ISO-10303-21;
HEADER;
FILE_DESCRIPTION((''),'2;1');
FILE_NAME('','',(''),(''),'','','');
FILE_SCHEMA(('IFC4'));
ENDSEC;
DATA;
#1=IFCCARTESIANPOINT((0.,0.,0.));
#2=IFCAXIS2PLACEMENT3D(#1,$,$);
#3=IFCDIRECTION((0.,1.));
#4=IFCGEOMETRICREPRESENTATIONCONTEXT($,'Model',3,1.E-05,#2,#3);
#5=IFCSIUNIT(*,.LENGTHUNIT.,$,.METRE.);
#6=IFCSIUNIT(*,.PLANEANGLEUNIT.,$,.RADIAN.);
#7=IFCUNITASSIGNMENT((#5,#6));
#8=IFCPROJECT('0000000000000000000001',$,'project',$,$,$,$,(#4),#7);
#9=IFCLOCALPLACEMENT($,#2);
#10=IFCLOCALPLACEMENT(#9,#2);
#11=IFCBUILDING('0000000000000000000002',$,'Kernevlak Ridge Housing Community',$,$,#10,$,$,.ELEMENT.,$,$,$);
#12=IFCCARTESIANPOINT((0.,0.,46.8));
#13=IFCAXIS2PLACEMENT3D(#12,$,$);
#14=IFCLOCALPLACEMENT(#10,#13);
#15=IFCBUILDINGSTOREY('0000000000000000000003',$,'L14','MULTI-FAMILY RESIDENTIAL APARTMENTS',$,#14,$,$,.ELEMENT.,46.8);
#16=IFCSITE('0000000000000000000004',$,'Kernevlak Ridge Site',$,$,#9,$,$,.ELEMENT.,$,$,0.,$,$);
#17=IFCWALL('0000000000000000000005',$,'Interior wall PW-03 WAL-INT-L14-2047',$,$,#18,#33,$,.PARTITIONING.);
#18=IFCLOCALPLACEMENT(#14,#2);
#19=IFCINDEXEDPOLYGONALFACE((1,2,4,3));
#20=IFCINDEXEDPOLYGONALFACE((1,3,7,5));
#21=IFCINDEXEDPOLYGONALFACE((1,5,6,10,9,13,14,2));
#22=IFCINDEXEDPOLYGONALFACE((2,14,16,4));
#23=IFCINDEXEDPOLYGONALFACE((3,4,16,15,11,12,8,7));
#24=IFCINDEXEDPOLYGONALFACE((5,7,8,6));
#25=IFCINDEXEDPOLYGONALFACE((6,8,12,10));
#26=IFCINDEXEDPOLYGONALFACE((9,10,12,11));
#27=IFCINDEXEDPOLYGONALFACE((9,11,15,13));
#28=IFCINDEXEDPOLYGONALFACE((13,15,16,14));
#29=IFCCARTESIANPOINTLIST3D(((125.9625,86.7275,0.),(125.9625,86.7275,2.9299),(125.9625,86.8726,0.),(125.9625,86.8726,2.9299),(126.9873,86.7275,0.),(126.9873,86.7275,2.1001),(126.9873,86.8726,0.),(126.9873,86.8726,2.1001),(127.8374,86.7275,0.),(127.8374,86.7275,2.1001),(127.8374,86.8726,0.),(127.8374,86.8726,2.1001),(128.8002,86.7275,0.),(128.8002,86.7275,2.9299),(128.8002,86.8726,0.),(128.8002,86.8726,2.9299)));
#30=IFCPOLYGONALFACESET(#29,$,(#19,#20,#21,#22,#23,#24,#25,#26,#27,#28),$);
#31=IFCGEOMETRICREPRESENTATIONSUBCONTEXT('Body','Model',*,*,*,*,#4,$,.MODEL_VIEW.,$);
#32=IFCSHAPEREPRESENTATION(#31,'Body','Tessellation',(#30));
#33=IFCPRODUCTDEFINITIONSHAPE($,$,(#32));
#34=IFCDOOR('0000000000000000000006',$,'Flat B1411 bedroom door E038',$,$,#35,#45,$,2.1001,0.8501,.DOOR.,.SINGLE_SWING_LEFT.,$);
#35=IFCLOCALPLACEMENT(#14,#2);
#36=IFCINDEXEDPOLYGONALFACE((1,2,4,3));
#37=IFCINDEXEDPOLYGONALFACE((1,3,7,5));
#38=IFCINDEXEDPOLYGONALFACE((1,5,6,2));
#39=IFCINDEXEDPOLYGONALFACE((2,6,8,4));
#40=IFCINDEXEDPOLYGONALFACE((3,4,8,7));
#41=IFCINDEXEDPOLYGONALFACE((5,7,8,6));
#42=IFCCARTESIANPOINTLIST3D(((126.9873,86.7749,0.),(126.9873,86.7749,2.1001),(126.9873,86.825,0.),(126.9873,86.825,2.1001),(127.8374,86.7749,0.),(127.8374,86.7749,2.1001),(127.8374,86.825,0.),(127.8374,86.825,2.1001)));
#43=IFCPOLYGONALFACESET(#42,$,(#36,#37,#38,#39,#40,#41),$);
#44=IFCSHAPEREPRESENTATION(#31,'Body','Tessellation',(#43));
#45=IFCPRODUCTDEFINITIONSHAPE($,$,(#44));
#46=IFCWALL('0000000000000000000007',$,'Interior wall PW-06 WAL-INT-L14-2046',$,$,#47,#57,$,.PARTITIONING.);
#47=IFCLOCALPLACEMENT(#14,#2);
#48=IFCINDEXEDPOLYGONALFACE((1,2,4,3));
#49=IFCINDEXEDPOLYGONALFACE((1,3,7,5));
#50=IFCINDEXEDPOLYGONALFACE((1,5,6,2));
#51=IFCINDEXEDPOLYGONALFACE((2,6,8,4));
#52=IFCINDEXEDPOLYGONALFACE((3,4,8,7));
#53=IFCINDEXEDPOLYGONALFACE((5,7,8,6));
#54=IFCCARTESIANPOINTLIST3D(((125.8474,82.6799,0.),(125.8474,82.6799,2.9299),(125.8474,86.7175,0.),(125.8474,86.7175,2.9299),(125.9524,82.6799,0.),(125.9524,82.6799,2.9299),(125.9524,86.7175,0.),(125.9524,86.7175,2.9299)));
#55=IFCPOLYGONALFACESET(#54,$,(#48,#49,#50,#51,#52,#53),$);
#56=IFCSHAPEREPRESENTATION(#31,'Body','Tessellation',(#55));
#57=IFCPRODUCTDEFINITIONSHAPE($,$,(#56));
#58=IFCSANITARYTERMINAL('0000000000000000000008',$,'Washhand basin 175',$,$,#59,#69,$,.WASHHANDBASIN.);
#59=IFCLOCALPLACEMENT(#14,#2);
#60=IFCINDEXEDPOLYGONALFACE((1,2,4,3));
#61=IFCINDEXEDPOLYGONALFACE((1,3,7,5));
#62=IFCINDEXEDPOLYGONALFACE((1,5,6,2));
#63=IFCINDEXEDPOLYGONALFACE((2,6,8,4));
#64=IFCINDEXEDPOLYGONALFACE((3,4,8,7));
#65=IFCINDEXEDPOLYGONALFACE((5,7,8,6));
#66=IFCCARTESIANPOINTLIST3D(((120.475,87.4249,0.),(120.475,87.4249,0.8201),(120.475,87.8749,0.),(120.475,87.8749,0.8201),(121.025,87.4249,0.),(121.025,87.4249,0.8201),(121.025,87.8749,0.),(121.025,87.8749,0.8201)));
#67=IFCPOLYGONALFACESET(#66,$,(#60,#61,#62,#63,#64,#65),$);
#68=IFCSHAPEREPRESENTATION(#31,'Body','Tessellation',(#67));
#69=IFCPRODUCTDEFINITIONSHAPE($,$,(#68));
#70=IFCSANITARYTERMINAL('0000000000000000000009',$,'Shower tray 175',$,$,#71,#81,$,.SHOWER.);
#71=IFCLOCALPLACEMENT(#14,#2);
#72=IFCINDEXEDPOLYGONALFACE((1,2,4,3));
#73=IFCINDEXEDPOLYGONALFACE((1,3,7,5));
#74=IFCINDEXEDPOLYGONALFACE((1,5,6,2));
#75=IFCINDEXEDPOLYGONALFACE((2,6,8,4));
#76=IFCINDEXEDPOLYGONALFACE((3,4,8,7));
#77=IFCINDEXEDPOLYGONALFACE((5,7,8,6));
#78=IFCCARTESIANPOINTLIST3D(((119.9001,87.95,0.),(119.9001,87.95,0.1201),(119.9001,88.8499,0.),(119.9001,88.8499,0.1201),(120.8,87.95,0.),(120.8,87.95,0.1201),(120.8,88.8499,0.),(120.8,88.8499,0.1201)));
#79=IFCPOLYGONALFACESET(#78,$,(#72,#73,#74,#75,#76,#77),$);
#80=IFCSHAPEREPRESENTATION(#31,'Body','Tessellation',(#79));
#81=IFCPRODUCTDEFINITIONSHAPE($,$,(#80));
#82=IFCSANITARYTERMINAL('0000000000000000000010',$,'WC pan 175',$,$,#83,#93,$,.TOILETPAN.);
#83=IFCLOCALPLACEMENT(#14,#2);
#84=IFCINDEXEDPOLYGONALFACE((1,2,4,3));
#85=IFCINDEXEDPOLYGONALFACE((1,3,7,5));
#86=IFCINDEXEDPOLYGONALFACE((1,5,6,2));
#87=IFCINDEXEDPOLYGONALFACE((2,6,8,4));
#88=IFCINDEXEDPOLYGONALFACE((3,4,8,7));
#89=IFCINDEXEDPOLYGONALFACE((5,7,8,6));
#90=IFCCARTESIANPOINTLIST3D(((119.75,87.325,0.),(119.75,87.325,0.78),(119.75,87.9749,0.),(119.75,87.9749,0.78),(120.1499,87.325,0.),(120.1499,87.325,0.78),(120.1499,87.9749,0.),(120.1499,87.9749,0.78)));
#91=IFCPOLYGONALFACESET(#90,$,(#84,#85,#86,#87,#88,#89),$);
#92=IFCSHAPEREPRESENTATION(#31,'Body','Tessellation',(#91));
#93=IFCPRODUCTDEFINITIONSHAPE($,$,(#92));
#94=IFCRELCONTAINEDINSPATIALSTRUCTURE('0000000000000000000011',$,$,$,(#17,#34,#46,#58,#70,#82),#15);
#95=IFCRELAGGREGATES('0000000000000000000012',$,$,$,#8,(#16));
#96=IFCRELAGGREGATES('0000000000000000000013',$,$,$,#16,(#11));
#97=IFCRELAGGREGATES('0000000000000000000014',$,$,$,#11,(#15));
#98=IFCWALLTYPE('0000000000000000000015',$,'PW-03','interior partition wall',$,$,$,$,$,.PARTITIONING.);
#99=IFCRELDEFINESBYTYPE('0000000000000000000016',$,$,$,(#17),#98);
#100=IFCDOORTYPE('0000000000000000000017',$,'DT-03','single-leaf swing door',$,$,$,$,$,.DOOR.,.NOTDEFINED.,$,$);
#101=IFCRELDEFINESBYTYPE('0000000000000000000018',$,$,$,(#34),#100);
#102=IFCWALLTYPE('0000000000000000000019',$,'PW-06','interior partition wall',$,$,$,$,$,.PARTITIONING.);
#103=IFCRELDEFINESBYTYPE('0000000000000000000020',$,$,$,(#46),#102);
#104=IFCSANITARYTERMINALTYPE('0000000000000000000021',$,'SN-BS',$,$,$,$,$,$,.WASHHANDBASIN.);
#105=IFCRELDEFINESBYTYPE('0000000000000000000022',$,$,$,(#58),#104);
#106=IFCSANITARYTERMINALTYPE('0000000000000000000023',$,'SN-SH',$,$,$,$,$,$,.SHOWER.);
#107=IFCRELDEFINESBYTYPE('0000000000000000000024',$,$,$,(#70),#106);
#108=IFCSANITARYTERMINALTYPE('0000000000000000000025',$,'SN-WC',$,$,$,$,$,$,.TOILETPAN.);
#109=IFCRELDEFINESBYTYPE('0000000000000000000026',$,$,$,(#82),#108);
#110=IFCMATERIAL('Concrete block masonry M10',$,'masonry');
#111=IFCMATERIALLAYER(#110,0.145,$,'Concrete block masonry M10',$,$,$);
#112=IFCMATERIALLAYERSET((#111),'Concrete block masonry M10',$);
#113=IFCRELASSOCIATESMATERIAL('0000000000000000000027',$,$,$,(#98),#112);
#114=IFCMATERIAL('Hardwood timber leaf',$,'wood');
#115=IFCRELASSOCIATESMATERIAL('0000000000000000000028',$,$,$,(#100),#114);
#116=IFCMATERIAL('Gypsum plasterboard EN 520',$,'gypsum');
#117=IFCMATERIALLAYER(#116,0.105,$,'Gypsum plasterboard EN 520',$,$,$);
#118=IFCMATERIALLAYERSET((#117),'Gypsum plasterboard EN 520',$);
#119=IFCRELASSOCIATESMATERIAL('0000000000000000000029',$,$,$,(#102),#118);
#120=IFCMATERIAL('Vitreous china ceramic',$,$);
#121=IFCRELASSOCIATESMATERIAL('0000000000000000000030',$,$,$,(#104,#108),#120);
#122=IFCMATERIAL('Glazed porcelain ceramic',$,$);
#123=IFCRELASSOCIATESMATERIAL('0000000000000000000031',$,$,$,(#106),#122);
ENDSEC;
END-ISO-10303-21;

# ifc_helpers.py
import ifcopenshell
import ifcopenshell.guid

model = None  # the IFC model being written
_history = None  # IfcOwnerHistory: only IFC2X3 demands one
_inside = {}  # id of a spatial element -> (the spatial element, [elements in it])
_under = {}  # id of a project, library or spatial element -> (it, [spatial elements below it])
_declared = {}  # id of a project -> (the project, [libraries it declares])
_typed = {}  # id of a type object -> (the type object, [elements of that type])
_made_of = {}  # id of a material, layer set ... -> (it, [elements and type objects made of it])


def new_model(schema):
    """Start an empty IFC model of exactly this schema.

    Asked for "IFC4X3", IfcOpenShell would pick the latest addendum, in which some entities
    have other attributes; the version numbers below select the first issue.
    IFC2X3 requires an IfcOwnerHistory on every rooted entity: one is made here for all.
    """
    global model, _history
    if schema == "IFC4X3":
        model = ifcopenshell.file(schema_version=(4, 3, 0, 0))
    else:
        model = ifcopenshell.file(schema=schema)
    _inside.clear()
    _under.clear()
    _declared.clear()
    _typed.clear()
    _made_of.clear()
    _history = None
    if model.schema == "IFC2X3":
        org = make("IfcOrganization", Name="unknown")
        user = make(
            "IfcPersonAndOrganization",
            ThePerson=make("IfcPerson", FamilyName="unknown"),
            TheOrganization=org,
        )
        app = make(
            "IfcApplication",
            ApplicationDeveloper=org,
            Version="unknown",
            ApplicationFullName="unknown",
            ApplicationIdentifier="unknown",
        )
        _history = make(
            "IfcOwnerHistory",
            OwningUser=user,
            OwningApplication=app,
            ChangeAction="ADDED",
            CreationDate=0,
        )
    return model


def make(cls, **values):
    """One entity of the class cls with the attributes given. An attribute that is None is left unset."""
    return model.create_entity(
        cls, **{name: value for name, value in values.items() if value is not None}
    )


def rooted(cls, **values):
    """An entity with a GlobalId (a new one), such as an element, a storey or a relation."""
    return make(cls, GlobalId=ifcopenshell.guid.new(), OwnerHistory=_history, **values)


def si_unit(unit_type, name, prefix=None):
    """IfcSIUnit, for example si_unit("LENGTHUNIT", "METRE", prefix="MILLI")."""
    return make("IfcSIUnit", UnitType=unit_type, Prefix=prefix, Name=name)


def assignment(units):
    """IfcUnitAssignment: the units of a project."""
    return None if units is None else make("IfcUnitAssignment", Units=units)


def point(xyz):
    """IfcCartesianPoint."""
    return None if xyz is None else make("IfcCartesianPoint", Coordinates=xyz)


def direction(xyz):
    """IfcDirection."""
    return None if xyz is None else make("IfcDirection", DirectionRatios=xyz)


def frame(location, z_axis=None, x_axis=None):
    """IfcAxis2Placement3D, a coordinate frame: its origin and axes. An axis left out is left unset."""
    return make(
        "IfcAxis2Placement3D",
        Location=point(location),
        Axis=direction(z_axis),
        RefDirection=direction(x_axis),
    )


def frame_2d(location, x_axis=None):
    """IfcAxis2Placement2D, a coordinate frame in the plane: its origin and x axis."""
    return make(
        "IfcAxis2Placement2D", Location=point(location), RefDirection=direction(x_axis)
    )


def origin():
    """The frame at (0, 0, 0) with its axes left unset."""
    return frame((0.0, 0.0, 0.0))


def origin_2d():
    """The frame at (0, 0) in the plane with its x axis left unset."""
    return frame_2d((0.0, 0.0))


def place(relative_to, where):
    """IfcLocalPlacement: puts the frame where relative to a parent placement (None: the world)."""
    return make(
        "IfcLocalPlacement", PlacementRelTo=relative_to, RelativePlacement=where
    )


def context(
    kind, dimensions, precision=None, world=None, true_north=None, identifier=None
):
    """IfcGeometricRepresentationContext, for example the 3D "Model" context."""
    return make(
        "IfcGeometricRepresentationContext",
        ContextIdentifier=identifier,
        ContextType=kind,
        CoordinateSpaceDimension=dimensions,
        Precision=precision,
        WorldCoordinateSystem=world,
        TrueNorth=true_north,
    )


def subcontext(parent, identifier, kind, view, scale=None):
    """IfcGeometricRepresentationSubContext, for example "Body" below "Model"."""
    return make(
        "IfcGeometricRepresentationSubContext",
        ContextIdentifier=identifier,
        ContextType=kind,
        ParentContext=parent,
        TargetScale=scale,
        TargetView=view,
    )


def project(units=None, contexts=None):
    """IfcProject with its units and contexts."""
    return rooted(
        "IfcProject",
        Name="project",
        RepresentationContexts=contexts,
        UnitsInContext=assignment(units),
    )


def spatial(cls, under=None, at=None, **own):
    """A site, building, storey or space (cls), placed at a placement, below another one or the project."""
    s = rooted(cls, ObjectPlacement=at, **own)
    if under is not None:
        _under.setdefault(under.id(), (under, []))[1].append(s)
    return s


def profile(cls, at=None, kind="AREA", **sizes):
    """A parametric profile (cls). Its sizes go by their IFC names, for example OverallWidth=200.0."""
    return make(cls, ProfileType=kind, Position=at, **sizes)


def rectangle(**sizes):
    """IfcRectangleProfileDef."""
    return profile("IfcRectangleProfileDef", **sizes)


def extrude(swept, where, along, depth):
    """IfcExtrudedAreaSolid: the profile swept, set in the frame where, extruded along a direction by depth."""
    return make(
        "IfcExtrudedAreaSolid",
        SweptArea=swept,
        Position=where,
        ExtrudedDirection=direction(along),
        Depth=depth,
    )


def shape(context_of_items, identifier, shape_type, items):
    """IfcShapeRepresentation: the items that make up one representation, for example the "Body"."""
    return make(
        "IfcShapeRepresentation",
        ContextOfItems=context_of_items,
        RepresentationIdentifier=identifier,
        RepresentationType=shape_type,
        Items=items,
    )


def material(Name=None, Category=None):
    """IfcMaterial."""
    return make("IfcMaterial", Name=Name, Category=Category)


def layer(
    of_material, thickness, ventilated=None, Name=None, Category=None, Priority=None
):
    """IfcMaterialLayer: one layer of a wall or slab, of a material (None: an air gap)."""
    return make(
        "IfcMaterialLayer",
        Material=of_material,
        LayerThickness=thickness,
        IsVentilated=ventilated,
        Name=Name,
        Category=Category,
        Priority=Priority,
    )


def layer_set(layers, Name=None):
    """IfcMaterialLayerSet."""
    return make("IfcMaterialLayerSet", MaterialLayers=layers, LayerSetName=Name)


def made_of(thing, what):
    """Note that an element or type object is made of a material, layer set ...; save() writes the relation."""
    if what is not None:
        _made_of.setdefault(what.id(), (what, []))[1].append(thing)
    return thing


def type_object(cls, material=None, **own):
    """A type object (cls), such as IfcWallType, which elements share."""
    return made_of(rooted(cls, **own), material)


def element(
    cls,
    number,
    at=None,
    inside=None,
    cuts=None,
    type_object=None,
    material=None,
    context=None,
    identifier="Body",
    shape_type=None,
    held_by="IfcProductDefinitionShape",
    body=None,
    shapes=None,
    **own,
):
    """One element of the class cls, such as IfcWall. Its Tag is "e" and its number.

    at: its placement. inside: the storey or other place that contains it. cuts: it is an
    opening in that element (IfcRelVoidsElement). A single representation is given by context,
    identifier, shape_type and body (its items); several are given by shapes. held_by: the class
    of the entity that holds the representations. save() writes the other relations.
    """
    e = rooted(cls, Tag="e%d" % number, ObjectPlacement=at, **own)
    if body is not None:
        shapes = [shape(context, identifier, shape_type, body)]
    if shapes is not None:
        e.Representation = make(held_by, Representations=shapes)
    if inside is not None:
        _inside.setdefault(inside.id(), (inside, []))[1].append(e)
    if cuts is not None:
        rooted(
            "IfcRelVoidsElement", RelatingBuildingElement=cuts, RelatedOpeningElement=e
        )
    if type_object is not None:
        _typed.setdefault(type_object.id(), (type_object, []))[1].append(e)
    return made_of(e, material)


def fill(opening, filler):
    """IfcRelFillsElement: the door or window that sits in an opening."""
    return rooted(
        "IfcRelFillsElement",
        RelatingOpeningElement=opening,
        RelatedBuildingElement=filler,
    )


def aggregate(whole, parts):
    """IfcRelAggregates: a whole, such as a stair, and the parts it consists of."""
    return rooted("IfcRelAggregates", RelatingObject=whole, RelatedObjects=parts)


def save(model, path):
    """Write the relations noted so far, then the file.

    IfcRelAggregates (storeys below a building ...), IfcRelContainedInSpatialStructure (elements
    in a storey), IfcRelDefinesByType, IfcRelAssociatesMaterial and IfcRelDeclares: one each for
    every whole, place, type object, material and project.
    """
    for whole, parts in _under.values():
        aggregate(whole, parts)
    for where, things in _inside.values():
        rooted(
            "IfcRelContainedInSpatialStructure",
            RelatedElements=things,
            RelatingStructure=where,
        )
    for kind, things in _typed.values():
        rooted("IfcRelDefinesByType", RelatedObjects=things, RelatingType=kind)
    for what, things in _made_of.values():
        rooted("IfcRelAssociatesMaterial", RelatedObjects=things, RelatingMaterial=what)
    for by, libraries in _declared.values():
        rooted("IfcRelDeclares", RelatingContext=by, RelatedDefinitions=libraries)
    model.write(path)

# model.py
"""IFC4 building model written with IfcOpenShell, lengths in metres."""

from ifc_helpers import new_model, si_unit, direction, frame, frame_2d, origin, origin_2d, place, context, subcontext, project, spatial, rectangle, extrude, material, layer, layer_set, type_object, element, fill, save


model = new_model("IFC4")

# Units and contexts
model_context = context("Model", 3, precision=1e-05, world=origin(), true_north=direction((0.0, 1.0)))
body_context = subcontext(model_context, "Body", "Model", "MODEL_VIEW")
ifc_project = project(units=[si_unit("LENGTHUNIT", "METRE"), si_unit("PLANEANGLEUNIT", "RADIAN")], contexts=[model_context])

# Site, building, storey
site_placement = place(None, origin())
site = spatial("IfcSite", under=ifc_project, at=site_placement, Name="Kernevlak Ridge Site", CompositionType="ELEMENT", RefElevation=0.0)
building_placement = place(site_placement, origin())
building = spatial("IfcBuilding", under=site, at=building_placement, Name="Kernevlak Ridge Housing Community", CompositionType="ELEMENT")
storey_placement = place(building_placement, frame((0.0, 0.0, 46.8)))
storey = spatial("IfcBuildingStorey", under=building, at=storey_placement, Name="L14", Description="MULTI-FAMILY RESIDENTIAL APARTMENTS", CompositionType="ELEMENT", Elevation=46.8)

# Shared definitions
ifc_material_1 = material(Name="Concrete block masonry M10", Category="masonry")

# Shared definitions
ifc_layer_1 = layer(ifc_material_1, 0.145, Name="Concrete block masonry M10")
ifc_layer_set_1 = layer_set([ifc_layer_1], Name="Concrete block masonry M10")
wall_type_1 = type_object("IfcWallType", Name="PW-03", Description="interior partition wall", PredefinedType="PARTITIONING", material=ifc_layer_set_1)
ifc_material_2 = material(Name="Hardwood timber leaf", Category="wood")

# Wall, opening, door
wall_1_placement = place(storey_placement, frame((125.9624, 86.8, 0.0), z_axis=(0.0, 0.0, 1.0), x_axis=(1.0, 0.0, 0.0)))
wall_1 = element("IfcWall", 1, at=wall_1_placement, inside=storey, type_object=wall_type_1, Name="Interior wall PW-03 WAL-INT-L14-2047", PredefinedType="PARTITIONING", context=body_context, shape_type="SweptSolid", body=[
    extrude(rectangle(XDim=2.8376, YDim=0.145, at=frame_2d((1.4189, 0.0))), origin(), (0.0, 0.0, 1.0), 2.9299),
])
opening_1_placement = place(wall_1_placement, frame((1.0249, 0.0, 0.0)))
opening_1 = element("IfcOpeningElement", 2, at=opening_1_placement, cuts=wall_1, PredefinedType="OPENING", context=body_context, shape_type="SweptSolid", body=[
    extrude(rectangle(XDim=0.8501, YDim=2.1001, at=frame_2d((0.425, 1.05))), frame((0.0, 0.0825, 0.0), z_axis=(0.0, -1.0, 0.0), x_axis=(1.0, 0.0, 0.0)), (0.0, 0.0, 1.0), 0.165),
])
door_type_1 = type_object("IfcDoorType", Name="DT-03", Description="single-leaf swing door", OperationType="NOTDEFINED", PredefinedType="DOOR", material=ifc_material_2)
door_1_placement = place(opening_1_placement, origin())
door_1 = element("IfcDoor", 3, at=door_1_placement, inside=storey, type_object=door_type_1, Name="Flat B1411 bedroom door E038", OperationType="SINGLE_SWING_LEFT", OverallHeight=2.1001, OverallWidth=0.8501, PredefinedType="DOOR", context=body_context, shape_type="SweptSolid", body=[
    extrude(rectangle(XDim=0.8501, YDim=2.1001, at=frame_2d((0.425, 1.05))), frame((0.0, 0.0249, 0.0), z_axis=(0.0, -1.0, 0.0), x_axis=(1.0, 0.0, 0.0)), (0.0, 0.0, 1.0), 0.05),
])
fill(opening_1, door_1)

# Wall
ifc_material_3 = material(Name="Gypsum plasterboard EN 520", Category="gypsum")
ifc_layer_2 = layer(ifc_material_3, 0.105, Name="Gypsum plasterboard EN 520")
ifc_layer_set_2 = layer_set([ifc_layer_2], Name="Gypsum plasterboard EN 520")
wall_type_2 = type_object("IfcWallType", Name="PW-06", Description="interior partition wall", PredefinedType="PARTITIONING", material=ifc_layer_set_2)
wall_2_placement = place(storey_placement, frame((125.8999, 86.7175, 0.0), z_axis=(0.0, 0.0, 1.0), x_axis=(0.0, -1.0, 0.0)))
element("IfcWall", 4, at=wall_2_placement, inside=storey, type_object=wall_type_2, Name="Interior wall PW-06 WAL-INT-L14-2046", PredefinedType="PARTITIONING", context=body_context, shape_type="SweptSolid", body=[
    extrude(rectangle(XDim=4.0376, YDim=0.105, at=frame_2d((2.0188, 0.0))), origin(), (0.0, 0.0, 1.0), 2.9299),
])

# Sanitary terminals
ifc_material_4 = material(Name="Vitreous china ceramic")
sanitary_terminal_type_1 = type_object("IfcSanitaryTerminalType", Name="SN-BS", PredefinedType="WASHHANDBASIN", material=ifc_material_4)
sanitary_terminal_1_placement = place(storey_placement, frame((120.75, 87.6499, 0.0), z_axis=(0.0, 0.0, 1.0), x_axis=(1.0, 0.0, 0.0)))
element("IfcSanitaryTerminal", 5, at=sanitary_terminal_1_placement, inside=storey, type_object=sanitary_terminal_type_1, Name="Washhand basin 175", PredefinedType="WASHHANDBASIN", context=body_context, shape_type="SweptSolid", body=[
    extrude(rectangle(XDim=0.55, YDim=0.45, at=origin_2d()), origin(), (0.0, 0.0, 1.0), 0.8201),
])
ifc_material_5 = material(Name="Glazed porcelain ceramic")
sanitary_terminal_type_2 = type_object("IfcSanitaryTerminalType", Name="SN-SH", PredefinedType="SHOWER", material=ifc_material_5)
sanitary_terminal_2_placement = place(storey_placement, frame((120.3501, 88.3999, 0.0), z_axis=(0.0, 0.0, 1.0), x_axis=(1.0, 0.0, 0.0)))
element("IfcSanitaryTerminal", 6, at=sanitary_terminal_2_placement, inside=storey, type_object=sanitary_terminal_type_2, Name="Shower tray 175", PredefinedType="SHOWER", context=body_context, shape_type="SweptSolid", body=[
    extrude(rectangle(XDim=0.8999, YDim=0.8999, at=origin_2d()), origin(), (0.0, 0.0, 1.0), 0.1201),
])
sanitary_terminal_type_3 = type_object("IfcSanitaryTerminalType", Name="SN-WC", PredefinedType="TOILETPAN", material=ifc_material_4)
sanitary_terminal_3_placement = place(storey_placement, frame((119.95, 87.6499, 0.0), z_axis=(0.0, 0.0, 1.0), x_axis=(1.0, 0.0, 0.0)))
element("IfcSanitaryTerminal", 7, at=sanitary_terminal_3_placement, inside=storey, type_object=sanitary_terminal_type_3, Name="WC pan 175", PredefinedType="TOILETPAN", context=body_context, shape_type="SweptSolid", body=[
    extrude(rectangle(XDim=0.3999, YDim=0.6499, at=origin_2d()), origin(), (0.0, 0.0, 1.0), 0.78),
])

save(model, "model.ifc")
